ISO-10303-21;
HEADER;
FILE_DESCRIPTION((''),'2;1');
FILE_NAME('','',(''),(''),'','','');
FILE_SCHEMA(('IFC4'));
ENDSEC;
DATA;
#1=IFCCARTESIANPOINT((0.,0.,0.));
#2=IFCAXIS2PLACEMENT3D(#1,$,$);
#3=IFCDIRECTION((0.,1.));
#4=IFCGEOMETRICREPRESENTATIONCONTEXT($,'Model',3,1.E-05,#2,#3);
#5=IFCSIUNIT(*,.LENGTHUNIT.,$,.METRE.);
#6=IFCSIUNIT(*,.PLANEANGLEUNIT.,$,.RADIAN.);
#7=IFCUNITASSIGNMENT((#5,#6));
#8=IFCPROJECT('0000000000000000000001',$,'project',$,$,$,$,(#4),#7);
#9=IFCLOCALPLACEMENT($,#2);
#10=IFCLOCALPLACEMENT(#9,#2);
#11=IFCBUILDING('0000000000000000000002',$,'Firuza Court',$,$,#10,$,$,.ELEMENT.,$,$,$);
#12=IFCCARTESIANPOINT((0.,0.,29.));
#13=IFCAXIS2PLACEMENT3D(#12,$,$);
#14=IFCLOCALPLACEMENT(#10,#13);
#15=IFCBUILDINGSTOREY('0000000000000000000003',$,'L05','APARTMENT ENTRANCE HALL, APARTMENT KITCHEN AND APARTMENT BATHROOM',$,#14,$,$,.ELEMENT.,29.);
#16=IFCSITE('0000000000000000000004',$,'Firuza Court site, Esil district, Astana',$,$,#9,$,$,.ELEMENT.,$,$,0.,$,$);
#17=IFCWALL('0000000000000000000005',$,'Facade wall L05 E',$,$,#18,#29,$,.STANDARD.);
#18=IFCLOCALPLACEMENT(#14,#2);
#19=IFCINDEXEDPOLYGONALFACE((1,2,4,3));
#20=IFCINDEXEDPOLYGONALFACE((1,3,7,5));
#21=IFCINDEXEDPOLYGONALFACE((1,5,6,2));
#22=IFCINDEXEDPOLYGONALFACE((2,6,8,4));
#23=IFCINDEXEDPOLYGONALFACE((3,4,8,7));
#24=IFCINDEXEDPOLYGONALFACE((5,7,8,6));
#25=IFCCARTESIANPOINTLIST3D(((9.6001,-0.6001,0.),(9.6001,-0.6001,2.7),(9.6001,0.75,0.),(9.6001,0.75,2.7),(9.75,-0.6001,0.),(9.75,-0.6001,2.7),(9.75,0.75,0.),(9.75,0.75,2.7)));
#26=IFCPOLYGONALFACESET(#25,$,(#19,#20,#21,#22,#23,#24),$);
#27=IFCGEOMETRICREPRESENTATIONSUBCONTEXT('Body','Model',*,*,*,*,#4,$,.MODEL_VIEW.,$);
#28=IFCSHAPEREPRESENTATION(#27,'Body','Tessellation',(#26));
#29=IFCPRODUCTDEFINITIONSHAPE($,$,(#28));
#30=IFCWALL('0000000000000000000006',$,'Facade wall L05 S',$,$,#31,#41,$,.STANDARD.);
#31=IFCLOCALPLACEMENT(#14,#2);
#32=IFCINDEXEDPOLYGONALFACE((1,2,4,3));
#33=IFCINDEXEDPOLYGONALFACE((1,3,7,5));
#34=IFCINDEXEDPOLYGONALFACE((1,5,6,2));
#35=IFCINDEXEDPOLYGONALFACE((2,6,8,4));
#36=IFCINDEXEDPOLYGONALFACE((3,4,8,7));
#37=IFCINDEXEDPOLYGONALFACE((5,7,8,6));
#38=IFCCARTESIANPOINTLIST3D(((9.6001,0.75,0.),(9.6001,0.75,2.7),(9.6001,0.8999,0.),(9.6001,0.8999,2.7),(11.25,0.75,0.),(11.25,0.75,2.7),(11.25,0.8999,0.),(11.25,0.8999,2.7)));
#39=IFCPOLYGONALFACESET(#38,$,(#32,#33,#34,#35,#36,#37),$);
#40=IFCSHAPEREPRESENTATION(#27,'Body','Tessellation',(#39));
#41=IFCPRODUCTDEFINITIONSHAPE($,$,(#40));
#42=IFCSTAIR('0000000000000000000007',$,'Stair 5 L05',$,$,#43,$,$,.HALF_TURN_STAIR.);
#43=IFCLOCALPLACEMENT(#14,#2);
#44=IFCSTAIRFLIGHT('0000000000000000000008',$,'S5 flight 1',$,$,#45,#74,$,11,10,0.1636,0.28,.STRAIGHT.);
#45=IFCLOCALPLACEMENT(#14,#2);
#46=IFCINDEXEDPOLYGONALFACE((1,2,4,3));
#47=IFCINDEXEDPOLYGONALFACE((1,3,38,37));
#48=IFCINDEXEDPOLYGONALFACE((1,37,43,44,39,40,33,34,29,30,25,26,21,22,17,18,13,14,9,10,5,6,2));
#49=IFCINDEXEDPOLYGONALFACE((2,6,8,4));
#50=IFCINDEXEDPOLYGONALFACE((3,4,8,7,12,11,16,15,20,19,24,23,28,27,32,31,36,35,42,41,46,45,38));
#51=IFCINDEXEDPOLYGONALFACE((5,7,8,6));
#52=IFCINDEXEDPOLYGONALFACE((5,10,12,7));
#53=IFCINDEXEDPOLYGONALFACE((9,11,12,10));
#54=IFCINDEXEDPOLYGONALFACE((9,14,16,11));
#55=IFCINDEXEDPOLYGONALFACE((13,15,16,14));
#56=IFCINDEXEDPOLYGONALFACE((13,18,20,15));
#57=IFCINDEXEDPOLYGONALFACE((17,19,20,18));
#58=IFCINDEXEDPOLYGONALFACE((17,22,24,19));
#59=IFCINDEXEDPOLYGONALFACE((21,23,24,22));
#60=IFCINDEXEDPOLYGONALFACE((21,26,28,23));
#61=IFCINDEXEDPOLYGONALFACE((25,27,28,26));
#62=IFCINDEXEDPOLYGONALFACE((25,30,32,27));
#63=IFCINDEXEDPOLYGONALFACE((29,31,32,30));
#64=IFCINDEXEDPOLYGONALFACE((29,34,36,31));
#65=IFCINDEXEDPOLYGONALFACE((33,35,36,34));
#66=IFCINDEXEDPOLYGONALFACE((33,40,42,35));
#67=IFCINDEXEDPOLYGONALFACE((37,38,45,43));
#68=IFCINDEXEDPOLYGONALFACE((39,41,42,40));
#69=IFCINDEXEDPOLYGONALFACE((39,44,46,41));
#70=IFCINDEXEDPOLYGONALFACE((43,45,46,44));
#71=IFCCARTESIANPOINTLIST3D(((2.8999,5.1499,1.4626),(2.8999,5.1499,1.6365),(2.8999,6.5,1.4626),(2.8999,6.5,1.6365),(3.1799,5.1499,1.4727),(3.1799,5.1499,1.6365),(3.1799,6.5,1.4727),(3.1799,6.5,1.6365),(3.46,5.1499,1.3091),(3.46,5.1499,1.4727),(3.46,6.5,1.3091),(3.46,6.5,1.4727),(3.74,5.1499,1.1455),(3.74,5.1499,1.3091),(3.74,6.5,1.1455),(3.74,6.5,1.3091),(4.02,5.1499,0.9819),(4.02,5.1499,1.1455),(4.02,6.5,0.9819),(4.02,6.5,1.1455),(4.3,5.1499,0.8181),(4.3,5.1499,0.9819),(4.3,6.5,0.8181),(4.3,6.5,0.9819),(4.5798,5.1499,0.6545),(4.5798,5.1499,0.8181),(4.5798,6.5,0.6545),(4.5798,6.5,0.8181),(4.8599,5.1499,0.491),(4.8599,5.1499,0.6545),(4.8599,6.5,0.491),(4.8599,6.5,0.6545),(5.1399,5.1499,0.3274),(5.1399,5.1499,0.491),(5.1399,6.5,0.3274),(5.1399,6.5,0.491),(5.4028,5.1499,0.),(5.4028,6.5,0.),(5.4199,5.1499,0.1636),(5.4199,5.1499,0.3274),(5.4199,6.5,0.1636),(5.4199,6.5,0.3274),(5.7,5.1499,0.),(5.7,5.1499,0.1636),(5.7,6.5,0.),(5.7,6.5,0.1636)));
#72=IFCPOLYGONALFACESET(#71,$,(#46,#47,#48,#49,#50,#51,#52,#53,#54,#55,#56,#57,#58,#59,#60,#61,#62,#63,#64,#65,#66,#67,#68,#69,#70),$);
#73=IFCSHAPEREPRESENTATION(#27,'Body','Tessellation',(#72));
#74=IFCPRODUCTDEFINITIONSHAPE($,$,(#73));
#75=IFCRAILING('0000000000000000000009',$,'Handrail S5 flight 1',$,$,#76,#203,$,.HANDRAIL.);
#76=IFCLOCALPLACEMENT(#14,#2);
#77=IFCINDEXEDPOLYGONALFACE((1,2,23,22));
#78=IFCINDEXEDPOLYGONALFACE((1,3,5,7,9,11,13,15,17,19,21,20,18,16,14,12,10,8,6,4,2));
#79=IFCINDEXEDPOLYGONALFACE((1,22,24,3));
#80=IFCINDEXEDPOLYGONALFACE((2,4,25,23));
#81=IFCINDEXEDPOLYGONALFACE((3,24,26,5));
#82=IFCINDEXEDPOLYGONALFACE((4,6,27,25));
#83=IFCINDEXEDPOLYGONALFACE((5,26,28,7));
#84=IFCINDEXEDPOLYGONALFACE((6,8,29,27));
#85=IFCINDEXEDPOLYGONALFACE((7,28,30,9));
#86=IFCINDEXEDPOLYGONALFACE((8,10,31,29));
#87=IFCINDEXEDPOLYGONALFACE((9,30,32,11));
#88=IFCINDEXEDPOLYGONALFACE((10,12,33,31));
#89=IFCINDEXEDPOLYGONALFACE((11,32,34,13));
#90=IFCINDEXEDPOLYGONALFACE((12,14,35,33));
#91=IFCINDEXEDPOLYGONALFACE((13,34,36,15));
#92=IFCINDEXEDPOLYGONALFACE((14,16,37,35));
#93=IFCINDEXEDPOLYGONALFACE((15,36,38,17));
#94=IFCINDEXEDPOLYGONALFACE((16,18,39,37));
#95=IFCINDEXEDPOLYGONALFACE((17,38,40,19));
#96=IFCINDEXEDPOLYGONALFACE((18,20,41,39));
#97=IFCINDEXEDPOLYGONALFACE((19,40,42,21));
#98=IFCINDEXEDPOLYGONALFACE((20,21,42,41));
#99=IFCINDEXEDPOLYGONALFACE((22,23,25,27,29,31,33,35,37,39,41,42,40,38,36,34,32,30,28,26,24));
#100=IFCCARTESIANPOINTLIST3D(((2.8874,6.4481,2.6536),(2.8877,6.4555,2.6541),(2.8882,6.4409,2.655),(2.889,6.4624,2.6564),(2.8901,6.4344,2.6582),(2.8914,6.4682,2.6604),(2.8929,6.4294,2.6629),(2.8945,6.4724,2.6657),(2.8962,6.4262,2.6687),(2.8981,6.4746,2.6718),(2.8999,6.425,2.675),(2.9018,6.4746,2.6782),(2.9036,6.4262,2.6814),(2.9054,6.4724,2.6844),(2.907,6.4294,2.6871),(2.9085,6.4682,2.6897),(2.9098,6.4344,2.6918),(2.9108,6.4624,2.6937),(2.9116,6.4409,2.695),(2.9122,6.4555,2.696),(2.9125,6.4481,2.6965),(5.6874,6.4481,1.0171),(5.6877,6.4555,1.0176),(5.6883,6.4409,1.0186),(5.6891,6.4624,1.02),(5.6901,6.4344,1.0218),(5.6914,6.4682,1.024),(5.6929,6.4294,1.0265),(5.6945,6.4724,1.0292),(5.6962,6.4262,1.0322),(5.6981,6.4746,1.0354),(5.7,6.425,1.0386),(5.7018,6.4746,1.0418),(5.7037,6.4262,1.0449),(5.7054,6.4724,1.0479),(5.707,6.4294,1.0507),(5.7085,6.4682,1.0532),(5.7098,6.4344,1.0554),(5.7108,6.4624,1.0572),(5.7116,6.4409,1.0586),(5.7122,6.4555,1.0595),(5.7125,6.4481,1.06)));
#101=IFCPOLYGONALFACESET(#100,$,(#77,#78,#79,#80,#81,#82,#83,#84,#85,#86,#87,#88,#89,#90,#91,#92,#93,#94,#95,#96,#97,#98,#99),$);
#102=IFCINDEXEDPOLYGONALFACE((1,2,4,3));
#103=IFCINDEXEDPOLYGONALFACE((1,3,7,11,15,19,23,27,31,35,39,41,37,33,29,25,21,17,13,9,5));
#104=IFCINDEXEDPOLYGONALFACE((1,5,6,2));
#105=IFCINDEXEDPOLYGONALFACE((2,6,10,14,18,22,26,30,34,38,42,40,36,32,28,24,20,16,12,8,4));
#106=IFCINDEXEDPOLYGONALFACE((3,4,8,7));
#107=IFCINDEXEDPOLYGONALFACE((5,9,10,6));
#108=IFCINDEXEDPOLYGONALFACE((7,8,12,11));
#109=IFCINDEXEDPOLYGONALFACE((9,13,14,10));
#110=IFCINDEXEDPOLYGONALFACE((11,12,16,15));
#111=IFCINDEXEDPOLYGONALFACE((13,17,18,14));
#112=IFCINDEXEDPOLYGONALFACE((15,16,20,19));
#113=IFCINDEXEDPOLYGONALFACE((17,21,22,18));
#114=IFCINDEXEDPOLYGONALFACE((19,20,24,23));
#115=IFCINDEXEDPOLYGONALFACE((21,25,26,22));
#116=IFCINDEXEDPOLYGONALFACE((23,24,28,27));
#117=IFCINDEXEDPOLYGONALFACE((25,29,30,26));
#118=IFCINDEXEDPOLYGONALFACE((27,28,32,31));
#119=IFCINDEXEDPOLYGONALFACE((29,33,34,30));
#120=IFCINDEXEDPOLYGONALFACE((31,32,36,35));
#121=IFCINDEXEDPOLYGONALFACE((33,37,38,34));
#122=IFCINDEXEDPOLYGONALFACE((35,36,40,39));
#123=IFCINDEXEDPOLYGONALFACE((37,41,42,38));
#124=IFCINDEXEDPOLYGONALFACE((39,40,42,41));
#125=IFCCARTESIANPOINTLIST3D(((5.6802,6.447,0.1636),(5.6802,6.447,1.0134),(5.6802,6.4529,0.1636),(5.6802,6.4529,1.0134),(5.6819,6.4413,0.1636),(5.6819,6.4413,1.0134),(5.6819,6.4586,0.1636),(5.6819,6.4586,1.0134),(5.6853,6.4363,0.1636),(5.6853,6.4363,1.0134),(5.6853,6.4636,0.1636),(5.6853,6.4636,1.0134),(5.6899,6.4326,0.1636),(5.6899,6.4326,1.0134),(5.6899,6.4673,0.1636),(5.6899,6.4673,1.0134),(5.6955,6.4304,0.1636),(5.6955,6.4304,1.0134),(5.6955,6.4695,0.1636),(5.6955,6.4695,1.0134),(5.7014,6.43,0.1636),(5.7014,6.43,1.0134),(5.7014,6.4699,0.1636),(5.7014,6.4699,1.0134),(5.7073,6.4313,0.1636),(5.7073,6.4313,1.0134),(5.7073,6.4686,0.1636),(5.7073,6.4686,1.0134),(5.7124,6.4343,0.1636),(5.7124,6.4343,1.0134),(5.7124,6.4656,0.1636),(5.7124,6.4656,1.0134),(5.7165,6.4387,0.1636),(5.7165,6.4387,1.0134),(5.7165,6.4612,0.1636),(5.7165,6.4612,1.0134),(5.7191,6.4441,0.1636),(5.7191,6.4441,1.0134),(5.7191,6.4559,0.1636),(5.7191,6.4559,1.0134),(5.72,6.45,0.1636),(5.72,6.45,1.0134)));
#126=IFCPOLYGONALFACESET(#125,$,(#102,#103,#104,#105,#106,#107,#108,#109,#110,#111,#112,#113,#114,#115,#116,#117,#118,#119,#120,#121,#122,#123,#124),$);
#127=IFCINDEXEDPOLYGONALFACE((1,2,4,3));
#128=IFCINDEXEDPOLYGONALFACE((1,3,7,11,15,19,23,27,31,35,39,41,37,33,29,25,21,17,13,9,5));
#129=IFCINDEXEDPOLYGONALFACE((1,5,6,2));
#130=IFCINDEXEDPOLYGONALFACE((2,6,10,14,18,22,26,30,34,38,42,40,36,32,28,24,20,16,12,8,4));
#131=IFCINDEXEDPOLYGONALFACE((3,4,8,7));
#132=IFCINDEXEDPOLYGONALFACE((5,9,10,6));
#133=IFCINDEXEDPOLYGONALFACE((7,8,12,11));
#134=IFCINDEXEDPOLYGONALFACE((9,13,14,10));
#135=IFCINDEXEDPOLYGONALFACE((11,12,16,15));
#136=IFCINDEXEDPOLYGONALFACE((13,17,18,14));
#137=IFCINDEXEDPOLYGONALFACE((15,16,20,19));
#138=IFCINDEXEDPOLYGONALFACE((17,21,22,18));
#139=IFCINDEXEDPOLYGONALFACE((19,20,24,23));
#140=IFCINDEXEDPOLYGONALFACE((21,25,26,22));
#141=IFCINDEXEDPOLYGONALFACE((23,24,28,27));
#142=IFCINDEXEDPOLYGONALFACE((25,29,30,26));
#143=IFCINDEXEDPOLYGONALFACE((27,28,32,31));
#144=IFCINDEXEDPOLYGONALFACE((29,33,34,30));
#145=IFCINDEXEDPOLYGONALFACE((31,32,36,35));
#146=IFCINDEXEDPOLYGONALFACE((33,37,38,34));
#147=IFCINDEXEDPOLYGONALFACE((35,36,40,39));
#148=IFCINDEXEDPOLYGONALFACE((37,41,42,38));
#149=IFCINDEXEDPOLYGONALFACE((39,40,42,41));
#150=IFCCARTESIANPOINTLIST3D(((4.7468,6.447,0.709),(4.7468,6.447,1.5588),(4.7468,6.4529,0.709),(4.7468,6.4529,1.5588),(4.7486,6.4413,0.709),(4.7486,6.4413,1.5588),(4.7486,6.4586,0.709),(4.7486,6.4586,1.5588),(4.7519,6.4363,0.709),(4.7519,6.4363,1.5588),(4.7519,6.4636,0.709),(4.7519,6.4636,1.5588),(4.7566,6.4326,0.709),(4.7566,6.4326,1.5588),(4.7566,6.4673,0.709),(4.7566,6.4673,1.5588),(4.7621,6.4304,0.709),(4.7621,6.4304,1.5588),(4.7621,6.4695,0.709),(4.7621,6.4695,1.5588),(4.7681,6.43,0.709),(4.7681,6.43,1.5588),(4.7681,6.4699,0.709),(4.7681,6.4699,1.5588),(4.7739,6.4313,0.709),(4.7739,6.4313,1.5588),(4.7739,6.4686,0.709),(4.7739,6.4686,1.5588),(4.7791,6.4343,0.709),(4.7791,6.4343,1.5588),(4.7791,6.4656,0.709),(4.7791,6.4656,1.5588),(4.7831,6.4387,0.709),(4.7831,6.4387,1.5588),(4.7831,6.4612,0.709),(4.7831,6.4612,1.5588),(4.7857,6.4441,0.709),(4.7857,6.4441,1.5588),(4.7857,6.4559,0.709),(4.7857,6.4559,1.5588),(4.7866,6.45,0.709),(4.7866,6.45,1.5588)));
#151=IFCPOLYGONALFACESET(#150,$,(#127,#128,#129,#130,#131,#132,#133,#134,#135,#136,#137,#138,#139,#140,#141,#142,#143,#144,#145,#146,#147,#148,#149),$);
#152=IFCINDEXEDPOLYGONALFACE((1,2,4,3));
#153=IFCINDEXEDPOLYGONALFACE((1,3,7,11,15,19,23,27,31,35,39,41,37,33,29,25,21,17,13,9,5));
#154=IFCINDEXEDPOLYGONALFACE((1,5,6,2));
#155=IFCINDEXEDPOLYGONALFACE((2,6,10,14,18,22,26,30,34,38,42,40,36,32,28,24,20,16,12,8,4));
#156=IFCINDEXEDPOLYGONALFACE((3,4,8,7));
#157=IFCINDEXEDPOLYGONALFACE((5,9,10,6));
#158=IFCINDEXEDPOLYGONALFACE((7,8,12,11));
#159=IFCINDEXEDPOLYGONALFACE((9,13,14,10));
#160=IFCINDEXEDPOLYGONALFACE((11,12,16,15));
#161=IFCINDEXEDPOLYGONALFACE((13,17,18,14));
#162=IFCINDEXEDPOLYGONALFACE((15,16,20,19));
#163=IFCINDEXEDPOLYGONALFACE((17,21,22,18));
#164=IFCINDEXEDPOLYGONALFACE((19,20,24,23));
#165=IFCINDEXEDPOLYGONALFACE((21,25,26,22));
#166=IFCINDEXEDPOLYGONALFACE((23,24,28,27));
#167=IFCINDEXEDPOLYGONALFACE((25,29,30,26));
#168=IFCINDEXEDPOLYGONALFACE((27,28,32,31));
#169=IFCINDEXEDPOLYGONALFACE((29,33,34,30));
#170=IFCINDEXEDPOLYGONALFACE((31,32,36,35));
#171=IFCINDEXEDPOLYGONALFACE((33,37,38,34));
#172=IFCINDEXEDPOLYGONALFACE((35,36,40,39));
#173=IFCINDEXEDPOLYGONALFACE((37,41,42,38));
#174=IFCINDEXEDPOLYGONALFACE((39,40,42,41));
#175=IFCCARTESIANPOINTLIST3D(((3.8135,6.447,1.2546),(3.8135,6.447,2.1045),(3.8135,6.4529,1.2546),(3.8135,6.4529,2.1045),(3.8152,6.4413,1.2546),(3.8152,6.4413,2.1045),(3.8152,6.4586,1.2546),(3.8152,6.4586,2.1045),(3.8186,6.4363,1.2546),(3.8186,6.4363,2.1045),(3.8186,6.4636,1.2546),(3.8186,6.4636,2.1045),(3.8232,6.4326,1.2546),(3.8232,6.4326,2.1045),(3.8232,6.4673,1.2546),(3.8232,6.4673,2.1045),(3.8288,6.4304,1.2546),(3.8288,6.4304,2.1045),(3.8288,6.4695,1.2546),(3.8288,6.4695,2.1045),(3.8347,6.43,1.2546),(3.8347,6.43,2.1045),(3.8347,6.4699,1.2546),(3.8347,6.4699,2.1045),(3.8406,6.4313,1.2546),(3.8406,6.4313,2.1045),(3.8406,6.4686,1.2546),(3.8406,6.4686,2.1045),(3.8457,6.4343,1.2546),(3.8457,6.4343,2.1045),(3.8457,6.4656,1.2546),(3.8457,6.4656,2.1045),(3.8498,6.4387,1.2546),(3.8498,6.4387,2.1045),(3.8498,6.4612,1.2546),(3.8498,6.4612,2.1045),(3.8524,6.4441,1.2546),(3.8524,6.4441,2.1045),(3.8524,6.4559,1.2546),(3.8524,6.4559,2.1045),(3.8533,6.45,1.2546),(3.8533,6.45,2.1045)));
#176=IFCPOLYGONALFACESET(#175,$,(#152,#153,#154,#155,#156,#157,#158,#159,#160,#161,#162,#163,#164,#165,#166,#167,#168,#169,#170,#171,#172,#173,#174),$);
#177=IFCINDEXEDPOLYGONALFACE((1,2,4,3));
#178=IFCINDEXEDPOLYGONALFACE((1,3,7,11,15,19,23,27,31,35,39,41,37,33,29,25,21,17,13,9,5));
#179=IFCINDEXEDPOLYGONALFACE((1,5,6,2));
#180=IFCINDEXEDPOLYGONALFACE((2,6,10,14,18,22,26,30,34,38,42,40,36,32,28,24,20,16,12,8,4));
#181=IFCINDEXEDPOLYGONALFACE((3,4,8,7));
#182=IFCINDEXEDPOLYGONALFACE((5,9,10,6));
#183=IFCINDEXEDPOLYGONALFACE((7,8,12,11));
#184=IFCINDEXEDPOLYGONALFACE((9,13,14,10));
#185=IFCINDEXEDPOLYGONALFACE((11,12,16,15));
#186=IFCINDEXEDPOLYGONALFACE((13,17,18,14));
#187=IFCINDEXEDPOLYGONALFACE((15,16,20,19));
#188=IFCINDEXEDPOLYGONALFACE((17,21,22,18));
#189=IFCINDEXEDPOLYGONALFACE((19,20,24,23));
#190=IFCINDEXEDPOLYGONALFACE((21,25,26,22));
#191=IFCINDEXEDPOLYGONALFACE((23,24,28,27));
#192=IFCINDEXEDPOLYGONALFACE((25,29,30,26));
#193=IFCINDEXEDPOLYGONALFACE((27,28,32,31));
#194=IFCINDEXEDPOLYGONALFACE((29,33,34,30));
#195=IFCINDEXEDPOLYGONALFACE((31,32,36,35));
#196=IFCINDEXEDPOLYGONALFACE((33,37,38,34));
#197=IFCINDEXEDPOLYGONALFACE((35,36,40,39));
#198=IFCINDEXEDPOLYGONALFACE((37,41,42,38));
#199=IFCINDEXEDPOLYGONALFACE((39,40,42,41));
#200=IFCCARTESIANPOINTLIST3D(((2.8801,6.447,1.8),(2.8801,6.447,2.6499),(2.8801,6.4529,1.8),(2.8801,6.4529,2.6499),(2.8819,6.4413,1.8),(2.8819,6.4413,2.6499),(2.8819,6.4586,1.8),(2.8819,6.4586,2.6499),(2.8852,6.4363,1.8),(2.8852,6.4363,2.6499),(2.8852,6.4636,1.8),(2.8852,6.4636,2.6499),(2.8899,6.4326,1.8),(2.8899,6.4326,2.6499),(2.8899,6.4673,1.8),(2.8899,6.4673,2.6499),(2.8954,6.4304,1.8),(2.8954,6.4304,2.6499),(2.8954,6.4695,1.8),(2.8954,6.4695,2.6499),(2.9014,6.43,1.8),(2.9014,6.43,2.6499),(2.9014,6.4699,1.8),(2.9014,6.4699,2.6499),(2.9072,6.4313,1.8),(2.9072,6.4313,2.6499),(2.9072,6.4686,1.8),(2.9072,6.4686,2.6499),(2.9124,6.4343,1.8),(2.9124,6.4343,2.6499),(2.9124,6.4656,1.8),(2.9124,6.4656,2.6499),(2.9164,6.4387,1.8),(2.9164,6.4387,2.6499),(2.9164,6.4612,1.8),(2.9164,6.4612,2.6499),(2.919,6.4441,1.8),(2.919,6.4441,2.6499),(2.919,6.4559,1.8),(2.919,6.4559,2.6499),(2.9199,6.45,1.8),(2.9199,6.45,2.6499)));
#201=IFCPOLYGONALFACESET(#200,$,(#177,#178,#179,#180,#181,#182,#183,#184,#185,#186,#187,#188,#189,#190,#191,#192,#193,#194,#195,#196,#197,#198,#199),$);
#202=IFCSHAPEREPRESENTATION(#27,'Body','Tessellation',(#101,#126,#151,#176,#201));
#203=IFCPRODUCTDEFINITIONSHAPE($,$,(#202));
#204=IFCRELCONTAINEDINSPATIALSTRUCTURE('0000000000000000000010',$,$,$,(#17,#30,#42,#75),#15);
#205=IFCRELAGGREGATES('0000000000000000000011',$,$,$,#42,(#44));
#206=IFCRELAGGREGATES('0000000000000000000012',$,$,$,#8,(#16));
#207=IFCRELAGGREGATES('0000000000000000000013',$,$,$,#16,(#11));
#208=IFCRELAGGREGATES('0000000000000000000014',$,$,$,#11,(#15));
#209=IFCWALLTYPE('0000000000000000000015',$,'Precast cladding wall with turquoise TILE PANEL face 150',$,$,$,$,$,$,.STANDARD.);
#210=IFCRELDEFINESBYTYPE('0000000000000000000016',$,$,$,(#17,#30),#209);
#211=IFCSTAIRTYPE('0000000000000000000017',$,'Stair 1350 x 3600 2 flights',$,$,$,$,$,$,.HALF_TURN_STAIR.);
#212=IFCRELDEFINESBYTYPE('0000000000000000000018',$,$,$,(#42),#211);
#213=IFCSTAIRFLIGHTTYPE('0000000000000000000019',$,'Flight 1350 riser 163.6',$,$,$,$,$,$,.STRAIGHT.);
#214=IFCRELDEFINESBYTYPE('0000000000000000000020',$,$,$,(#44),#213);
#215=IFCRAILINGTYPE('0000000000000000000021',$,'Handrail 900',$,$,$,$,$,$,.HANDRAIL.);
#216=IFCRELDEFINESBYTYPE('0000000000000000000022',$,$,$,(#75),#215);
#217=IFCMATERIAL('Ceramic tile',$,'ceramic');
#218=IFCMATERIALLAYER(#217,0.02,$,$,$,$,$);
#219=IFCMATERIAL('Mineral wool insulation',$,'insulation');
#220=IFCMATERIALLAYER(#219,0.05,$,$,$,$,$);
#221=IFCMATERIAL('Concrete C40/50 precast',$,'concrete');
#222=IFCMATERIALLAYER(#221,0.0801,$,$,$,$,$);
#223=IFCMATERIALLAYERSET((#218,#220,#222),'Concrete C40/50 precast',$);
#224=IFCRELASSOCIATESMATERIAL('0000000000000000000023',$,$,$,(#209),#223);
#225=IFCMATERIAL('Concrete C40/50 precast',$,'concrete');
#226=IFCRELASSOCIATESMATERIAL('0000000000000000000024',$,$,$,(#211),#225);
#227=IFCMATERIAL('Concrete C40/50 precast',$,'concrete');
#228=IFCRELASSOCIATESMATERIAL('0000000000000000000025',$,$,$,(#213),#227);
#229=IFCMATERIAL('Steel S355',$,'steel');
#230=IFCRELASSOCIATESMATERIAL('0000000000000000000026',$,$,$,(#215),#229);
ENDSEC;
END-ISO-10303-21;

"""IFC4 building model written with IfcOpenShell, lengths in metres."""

from ifc_helpers import new_model, si_unit, direction, frame, frame_2d, origin, origin_2d, place, context, subcontext, project, spatial, polyline, rectangle, circle, outline, extrude, material, layer, layer_set, type_object, element, aggregate, save


model = new_model("IFC4")

# Units and contexts
model_context = context("Model", 3, precision=1e-05, world=origin(), true_north=direction((0.0, 1.0)))
body_context = subcontext(model_context, "Body", "Model", "MODEL_VIEW")
ifc_project = project(units=[si_unit("LENGTHUNIT", "METRE"), si_unit("PLANEANGLEUNIT", "RADIAN")], contexts=[model_context])

# Site, building, storey
site_placement = place(None, origin())
site = spatial("IfcSite", under=ifc_project, at=site_placement, Name="Firuza Court site, Esil district, Astana", CompositionType="ELEMENT", RefElevation=0.0)
building_placement = place(site_placement, origin())
building = spatial("IfcBuilding", under=site, at=building_placement, Name="Firuza Court", CompositionType="ELEMENT")
storey_placement = place(building_placement, frame((0.0, 0.0, 29.0)))
storey = spatial("IfcBuildingStorey", under=building, at=storey_placement, Name="L05", Description="APARTMENT ENTRANCE HALL, APARTMENT KITCHEN AND APARTMENT BATHROOM", CompositionType="ELEMENT", Elevation=29.0)

# Walls
ifc_material_1 = material(Name="Ceramic tile", Category="ceramic")
ifc_layer_1 = layer(ifc_material_1, 0.02)
ifc_material_2 = material(Name="Mineral wool insulation", Category="insulation")
ifc_layer_2 = layer(ifc_material_2, 0.05)
ifc_material_3 = material(Name="Concrete C40/50 precast", Category="concrete")
ifc_layer_3 = layer(ifc_material_3, 0.0801)
ifc_layer_set_1 = layer_set([ifc_layer_1, ifc_layer_2, ifc_layer_3], Name="Concrete C40/50 precast")
wall_type_1 = type_object("IfcWallType", Name="Precast cladding wall with turquoise TILE PANEL face 150", PredefinedType="STANDARD", material=ifc_layer_set_1)
wall_1_placement = place(storey_placement, frame((9.675, -0.6001, 0.0), z_axis=(0.0, 0.0, 1.0), x_axis=(0.0, 1.0, 0.0)))
element("IfcWall", 1, at=wall_1_placement, inside=storey, type_object=wall_type_1, Name="Facade wall L05 E", PredefinedType="STANDARD", context=body_context, shape_type="SweptSolid", body=[
    extrude(rectangle(XDim=1.3501, YDim=0.1499, at=frame_2d((0.675, 0.0))), origin(), (0.0, 0.0, 1.0), 2.7),
])
wall_2_placement = place(storey_placement, frame((9.6001, 0.825, 0.0), z_axis=(0.0, 0.0, 1.0), x_axis=(1.0, 0.0, 0.0)))
element("IfcWall", 2, at=wall_2_placement, inside=storey, type_object=wall_type_1, Name="Facade wall L05 S", PredefinedType="STANDARD", context=body_context, shape_type="SweptSolid", body=[
    extrude(rectangle(XDim=1.6499, YDim=0.1499, at=frame_2d((0.825, 0.0))), origin(), (0.0, 0.0, 1.0), 2.7),
])

# Stair, stair flight
ifc_material_4 = material(Name="Concrete C40/50 precast", Category="concrete")
stair_type = type_object("IfcStairType", Name="Stair 1350 x 3600 2 flights", PredefinedType="HALF_TURN_STAIR", material=ifc_material_4)
stair_placement = place(storey_placement, origin())
stair = element("IfcStair", 3, at=stair_placement, inside=storey, type_object=stair_type, Name="Stair 5 L05", PredefinedType="HALF_TURN_STAIR")
ifc_material_5 = material(Name="Concrete C40/50 precast", Category="concrete")
stair_flight_type = type_object("IfcStairFlightType", Name="Flight 1350 riser 163.6", PredefinedType="STRAIGHT", material=ifc_material_5)
stair_flight_placement = place(storey_placement, frame((5.7, 5.825, 0.0), z_axis=(0.0, 0.0, 1.0), x_axis=(-1.0, 0.0, 0.0)))
stair_flight = element("IfcStairFlight", 4, at=stair_flight_placement, type_object=stair_flight_type, Name="S5 flight 1", NumberOfRisers=11, NumberOfTreads=10, PredefinedType="STRAIGHT", RiserHeight=0.1636, TreadLength=0.28, context=body_context, shape_type="SweptSolid", body=[
    extrude(outline(polyline([(0.0, 0.0), (0.0, 0.1636), (0.28, 0.1636), (0.28, 0.3274), (0.5601, 0.3274), (0.5601, 0.491), (0.8401, 0.491), (0.8401, 0.6545), (1.1201, 0.6545), (1.1201, 0.8181), (1.3999, 0.8181), (1.3999, 0.9819), (1.6799, 0.9819), (1.6799, 1.1455), (1.96, 1.1455), (1.96, 1.3091), (2.24, 1.3091), (2.24, 1.4727), (2.52, 1.4727), (2.52, 1.6365), (2.8, 1.6365), (2.8, 1.8), (2.8, 1.4626), (0.2971, 0.0), (0.0, 0.0)])), frame((0.0, 0.675, 0.0), z_axis=(0.0, -1.0, 0.0), x_axis=(1.0, 0.0, 0.0)), (0.0, 0.0, 1.0), 1.3501),
])
aggregate(stair, [stair_flight])

# Railing
ifc_material_6 = material(Name="Steel S355", Category="steel")
railing_type_1 = type_object("IfcRailingType", Name="Handrail 900", PredefinedType="HANDRAIL", material=ifc_material_6)
railing_1_placement = place(storey_placement, frame((5.7, 6.45, 0.1636)))
element("IfcRailing", 5, at=railing_1_placement, inside=storey, type_object=railing_type_1, Name="Handrail S5 flight 1", PredefinedType="HANDRAIL", context=body_context, shape_type="SweptSolid", body=[
    extrude(circle(Radius=0.0249, at=origin_2d()), frame((0.0, 0.0, 0.875), z_axis=(-0.863361, 0.0, 0.504587), x_axis=(0.0, -1.0, 0.0)), (0.0, 0.0, 1.0), 3.2432),
    extrude(circle(Radius=0.02, at=origin_2d()), origin(), (0.0, 0.0, 1.0), 0.8499),
    extrude(circle(Radius=0.02, at=origin_2d()), frame((-0.9333, 0.0, 0.5454)), (0.0, 0.0, 1.0), 0.8499),
    extrude(circle(Radius=0.02, at=origin_2d()), frame((-1.8667, 0.0, 1.0911)), (0.0, 0.0, 1.0), 0.8499),
    extrude(circle(Radius=0.02, at=origin_2d()), frame((-2.8, 0.0, 1.6365)), (0.0, 0.0, 1.0), 0.8499),
])

save(model, "model.ifc")
